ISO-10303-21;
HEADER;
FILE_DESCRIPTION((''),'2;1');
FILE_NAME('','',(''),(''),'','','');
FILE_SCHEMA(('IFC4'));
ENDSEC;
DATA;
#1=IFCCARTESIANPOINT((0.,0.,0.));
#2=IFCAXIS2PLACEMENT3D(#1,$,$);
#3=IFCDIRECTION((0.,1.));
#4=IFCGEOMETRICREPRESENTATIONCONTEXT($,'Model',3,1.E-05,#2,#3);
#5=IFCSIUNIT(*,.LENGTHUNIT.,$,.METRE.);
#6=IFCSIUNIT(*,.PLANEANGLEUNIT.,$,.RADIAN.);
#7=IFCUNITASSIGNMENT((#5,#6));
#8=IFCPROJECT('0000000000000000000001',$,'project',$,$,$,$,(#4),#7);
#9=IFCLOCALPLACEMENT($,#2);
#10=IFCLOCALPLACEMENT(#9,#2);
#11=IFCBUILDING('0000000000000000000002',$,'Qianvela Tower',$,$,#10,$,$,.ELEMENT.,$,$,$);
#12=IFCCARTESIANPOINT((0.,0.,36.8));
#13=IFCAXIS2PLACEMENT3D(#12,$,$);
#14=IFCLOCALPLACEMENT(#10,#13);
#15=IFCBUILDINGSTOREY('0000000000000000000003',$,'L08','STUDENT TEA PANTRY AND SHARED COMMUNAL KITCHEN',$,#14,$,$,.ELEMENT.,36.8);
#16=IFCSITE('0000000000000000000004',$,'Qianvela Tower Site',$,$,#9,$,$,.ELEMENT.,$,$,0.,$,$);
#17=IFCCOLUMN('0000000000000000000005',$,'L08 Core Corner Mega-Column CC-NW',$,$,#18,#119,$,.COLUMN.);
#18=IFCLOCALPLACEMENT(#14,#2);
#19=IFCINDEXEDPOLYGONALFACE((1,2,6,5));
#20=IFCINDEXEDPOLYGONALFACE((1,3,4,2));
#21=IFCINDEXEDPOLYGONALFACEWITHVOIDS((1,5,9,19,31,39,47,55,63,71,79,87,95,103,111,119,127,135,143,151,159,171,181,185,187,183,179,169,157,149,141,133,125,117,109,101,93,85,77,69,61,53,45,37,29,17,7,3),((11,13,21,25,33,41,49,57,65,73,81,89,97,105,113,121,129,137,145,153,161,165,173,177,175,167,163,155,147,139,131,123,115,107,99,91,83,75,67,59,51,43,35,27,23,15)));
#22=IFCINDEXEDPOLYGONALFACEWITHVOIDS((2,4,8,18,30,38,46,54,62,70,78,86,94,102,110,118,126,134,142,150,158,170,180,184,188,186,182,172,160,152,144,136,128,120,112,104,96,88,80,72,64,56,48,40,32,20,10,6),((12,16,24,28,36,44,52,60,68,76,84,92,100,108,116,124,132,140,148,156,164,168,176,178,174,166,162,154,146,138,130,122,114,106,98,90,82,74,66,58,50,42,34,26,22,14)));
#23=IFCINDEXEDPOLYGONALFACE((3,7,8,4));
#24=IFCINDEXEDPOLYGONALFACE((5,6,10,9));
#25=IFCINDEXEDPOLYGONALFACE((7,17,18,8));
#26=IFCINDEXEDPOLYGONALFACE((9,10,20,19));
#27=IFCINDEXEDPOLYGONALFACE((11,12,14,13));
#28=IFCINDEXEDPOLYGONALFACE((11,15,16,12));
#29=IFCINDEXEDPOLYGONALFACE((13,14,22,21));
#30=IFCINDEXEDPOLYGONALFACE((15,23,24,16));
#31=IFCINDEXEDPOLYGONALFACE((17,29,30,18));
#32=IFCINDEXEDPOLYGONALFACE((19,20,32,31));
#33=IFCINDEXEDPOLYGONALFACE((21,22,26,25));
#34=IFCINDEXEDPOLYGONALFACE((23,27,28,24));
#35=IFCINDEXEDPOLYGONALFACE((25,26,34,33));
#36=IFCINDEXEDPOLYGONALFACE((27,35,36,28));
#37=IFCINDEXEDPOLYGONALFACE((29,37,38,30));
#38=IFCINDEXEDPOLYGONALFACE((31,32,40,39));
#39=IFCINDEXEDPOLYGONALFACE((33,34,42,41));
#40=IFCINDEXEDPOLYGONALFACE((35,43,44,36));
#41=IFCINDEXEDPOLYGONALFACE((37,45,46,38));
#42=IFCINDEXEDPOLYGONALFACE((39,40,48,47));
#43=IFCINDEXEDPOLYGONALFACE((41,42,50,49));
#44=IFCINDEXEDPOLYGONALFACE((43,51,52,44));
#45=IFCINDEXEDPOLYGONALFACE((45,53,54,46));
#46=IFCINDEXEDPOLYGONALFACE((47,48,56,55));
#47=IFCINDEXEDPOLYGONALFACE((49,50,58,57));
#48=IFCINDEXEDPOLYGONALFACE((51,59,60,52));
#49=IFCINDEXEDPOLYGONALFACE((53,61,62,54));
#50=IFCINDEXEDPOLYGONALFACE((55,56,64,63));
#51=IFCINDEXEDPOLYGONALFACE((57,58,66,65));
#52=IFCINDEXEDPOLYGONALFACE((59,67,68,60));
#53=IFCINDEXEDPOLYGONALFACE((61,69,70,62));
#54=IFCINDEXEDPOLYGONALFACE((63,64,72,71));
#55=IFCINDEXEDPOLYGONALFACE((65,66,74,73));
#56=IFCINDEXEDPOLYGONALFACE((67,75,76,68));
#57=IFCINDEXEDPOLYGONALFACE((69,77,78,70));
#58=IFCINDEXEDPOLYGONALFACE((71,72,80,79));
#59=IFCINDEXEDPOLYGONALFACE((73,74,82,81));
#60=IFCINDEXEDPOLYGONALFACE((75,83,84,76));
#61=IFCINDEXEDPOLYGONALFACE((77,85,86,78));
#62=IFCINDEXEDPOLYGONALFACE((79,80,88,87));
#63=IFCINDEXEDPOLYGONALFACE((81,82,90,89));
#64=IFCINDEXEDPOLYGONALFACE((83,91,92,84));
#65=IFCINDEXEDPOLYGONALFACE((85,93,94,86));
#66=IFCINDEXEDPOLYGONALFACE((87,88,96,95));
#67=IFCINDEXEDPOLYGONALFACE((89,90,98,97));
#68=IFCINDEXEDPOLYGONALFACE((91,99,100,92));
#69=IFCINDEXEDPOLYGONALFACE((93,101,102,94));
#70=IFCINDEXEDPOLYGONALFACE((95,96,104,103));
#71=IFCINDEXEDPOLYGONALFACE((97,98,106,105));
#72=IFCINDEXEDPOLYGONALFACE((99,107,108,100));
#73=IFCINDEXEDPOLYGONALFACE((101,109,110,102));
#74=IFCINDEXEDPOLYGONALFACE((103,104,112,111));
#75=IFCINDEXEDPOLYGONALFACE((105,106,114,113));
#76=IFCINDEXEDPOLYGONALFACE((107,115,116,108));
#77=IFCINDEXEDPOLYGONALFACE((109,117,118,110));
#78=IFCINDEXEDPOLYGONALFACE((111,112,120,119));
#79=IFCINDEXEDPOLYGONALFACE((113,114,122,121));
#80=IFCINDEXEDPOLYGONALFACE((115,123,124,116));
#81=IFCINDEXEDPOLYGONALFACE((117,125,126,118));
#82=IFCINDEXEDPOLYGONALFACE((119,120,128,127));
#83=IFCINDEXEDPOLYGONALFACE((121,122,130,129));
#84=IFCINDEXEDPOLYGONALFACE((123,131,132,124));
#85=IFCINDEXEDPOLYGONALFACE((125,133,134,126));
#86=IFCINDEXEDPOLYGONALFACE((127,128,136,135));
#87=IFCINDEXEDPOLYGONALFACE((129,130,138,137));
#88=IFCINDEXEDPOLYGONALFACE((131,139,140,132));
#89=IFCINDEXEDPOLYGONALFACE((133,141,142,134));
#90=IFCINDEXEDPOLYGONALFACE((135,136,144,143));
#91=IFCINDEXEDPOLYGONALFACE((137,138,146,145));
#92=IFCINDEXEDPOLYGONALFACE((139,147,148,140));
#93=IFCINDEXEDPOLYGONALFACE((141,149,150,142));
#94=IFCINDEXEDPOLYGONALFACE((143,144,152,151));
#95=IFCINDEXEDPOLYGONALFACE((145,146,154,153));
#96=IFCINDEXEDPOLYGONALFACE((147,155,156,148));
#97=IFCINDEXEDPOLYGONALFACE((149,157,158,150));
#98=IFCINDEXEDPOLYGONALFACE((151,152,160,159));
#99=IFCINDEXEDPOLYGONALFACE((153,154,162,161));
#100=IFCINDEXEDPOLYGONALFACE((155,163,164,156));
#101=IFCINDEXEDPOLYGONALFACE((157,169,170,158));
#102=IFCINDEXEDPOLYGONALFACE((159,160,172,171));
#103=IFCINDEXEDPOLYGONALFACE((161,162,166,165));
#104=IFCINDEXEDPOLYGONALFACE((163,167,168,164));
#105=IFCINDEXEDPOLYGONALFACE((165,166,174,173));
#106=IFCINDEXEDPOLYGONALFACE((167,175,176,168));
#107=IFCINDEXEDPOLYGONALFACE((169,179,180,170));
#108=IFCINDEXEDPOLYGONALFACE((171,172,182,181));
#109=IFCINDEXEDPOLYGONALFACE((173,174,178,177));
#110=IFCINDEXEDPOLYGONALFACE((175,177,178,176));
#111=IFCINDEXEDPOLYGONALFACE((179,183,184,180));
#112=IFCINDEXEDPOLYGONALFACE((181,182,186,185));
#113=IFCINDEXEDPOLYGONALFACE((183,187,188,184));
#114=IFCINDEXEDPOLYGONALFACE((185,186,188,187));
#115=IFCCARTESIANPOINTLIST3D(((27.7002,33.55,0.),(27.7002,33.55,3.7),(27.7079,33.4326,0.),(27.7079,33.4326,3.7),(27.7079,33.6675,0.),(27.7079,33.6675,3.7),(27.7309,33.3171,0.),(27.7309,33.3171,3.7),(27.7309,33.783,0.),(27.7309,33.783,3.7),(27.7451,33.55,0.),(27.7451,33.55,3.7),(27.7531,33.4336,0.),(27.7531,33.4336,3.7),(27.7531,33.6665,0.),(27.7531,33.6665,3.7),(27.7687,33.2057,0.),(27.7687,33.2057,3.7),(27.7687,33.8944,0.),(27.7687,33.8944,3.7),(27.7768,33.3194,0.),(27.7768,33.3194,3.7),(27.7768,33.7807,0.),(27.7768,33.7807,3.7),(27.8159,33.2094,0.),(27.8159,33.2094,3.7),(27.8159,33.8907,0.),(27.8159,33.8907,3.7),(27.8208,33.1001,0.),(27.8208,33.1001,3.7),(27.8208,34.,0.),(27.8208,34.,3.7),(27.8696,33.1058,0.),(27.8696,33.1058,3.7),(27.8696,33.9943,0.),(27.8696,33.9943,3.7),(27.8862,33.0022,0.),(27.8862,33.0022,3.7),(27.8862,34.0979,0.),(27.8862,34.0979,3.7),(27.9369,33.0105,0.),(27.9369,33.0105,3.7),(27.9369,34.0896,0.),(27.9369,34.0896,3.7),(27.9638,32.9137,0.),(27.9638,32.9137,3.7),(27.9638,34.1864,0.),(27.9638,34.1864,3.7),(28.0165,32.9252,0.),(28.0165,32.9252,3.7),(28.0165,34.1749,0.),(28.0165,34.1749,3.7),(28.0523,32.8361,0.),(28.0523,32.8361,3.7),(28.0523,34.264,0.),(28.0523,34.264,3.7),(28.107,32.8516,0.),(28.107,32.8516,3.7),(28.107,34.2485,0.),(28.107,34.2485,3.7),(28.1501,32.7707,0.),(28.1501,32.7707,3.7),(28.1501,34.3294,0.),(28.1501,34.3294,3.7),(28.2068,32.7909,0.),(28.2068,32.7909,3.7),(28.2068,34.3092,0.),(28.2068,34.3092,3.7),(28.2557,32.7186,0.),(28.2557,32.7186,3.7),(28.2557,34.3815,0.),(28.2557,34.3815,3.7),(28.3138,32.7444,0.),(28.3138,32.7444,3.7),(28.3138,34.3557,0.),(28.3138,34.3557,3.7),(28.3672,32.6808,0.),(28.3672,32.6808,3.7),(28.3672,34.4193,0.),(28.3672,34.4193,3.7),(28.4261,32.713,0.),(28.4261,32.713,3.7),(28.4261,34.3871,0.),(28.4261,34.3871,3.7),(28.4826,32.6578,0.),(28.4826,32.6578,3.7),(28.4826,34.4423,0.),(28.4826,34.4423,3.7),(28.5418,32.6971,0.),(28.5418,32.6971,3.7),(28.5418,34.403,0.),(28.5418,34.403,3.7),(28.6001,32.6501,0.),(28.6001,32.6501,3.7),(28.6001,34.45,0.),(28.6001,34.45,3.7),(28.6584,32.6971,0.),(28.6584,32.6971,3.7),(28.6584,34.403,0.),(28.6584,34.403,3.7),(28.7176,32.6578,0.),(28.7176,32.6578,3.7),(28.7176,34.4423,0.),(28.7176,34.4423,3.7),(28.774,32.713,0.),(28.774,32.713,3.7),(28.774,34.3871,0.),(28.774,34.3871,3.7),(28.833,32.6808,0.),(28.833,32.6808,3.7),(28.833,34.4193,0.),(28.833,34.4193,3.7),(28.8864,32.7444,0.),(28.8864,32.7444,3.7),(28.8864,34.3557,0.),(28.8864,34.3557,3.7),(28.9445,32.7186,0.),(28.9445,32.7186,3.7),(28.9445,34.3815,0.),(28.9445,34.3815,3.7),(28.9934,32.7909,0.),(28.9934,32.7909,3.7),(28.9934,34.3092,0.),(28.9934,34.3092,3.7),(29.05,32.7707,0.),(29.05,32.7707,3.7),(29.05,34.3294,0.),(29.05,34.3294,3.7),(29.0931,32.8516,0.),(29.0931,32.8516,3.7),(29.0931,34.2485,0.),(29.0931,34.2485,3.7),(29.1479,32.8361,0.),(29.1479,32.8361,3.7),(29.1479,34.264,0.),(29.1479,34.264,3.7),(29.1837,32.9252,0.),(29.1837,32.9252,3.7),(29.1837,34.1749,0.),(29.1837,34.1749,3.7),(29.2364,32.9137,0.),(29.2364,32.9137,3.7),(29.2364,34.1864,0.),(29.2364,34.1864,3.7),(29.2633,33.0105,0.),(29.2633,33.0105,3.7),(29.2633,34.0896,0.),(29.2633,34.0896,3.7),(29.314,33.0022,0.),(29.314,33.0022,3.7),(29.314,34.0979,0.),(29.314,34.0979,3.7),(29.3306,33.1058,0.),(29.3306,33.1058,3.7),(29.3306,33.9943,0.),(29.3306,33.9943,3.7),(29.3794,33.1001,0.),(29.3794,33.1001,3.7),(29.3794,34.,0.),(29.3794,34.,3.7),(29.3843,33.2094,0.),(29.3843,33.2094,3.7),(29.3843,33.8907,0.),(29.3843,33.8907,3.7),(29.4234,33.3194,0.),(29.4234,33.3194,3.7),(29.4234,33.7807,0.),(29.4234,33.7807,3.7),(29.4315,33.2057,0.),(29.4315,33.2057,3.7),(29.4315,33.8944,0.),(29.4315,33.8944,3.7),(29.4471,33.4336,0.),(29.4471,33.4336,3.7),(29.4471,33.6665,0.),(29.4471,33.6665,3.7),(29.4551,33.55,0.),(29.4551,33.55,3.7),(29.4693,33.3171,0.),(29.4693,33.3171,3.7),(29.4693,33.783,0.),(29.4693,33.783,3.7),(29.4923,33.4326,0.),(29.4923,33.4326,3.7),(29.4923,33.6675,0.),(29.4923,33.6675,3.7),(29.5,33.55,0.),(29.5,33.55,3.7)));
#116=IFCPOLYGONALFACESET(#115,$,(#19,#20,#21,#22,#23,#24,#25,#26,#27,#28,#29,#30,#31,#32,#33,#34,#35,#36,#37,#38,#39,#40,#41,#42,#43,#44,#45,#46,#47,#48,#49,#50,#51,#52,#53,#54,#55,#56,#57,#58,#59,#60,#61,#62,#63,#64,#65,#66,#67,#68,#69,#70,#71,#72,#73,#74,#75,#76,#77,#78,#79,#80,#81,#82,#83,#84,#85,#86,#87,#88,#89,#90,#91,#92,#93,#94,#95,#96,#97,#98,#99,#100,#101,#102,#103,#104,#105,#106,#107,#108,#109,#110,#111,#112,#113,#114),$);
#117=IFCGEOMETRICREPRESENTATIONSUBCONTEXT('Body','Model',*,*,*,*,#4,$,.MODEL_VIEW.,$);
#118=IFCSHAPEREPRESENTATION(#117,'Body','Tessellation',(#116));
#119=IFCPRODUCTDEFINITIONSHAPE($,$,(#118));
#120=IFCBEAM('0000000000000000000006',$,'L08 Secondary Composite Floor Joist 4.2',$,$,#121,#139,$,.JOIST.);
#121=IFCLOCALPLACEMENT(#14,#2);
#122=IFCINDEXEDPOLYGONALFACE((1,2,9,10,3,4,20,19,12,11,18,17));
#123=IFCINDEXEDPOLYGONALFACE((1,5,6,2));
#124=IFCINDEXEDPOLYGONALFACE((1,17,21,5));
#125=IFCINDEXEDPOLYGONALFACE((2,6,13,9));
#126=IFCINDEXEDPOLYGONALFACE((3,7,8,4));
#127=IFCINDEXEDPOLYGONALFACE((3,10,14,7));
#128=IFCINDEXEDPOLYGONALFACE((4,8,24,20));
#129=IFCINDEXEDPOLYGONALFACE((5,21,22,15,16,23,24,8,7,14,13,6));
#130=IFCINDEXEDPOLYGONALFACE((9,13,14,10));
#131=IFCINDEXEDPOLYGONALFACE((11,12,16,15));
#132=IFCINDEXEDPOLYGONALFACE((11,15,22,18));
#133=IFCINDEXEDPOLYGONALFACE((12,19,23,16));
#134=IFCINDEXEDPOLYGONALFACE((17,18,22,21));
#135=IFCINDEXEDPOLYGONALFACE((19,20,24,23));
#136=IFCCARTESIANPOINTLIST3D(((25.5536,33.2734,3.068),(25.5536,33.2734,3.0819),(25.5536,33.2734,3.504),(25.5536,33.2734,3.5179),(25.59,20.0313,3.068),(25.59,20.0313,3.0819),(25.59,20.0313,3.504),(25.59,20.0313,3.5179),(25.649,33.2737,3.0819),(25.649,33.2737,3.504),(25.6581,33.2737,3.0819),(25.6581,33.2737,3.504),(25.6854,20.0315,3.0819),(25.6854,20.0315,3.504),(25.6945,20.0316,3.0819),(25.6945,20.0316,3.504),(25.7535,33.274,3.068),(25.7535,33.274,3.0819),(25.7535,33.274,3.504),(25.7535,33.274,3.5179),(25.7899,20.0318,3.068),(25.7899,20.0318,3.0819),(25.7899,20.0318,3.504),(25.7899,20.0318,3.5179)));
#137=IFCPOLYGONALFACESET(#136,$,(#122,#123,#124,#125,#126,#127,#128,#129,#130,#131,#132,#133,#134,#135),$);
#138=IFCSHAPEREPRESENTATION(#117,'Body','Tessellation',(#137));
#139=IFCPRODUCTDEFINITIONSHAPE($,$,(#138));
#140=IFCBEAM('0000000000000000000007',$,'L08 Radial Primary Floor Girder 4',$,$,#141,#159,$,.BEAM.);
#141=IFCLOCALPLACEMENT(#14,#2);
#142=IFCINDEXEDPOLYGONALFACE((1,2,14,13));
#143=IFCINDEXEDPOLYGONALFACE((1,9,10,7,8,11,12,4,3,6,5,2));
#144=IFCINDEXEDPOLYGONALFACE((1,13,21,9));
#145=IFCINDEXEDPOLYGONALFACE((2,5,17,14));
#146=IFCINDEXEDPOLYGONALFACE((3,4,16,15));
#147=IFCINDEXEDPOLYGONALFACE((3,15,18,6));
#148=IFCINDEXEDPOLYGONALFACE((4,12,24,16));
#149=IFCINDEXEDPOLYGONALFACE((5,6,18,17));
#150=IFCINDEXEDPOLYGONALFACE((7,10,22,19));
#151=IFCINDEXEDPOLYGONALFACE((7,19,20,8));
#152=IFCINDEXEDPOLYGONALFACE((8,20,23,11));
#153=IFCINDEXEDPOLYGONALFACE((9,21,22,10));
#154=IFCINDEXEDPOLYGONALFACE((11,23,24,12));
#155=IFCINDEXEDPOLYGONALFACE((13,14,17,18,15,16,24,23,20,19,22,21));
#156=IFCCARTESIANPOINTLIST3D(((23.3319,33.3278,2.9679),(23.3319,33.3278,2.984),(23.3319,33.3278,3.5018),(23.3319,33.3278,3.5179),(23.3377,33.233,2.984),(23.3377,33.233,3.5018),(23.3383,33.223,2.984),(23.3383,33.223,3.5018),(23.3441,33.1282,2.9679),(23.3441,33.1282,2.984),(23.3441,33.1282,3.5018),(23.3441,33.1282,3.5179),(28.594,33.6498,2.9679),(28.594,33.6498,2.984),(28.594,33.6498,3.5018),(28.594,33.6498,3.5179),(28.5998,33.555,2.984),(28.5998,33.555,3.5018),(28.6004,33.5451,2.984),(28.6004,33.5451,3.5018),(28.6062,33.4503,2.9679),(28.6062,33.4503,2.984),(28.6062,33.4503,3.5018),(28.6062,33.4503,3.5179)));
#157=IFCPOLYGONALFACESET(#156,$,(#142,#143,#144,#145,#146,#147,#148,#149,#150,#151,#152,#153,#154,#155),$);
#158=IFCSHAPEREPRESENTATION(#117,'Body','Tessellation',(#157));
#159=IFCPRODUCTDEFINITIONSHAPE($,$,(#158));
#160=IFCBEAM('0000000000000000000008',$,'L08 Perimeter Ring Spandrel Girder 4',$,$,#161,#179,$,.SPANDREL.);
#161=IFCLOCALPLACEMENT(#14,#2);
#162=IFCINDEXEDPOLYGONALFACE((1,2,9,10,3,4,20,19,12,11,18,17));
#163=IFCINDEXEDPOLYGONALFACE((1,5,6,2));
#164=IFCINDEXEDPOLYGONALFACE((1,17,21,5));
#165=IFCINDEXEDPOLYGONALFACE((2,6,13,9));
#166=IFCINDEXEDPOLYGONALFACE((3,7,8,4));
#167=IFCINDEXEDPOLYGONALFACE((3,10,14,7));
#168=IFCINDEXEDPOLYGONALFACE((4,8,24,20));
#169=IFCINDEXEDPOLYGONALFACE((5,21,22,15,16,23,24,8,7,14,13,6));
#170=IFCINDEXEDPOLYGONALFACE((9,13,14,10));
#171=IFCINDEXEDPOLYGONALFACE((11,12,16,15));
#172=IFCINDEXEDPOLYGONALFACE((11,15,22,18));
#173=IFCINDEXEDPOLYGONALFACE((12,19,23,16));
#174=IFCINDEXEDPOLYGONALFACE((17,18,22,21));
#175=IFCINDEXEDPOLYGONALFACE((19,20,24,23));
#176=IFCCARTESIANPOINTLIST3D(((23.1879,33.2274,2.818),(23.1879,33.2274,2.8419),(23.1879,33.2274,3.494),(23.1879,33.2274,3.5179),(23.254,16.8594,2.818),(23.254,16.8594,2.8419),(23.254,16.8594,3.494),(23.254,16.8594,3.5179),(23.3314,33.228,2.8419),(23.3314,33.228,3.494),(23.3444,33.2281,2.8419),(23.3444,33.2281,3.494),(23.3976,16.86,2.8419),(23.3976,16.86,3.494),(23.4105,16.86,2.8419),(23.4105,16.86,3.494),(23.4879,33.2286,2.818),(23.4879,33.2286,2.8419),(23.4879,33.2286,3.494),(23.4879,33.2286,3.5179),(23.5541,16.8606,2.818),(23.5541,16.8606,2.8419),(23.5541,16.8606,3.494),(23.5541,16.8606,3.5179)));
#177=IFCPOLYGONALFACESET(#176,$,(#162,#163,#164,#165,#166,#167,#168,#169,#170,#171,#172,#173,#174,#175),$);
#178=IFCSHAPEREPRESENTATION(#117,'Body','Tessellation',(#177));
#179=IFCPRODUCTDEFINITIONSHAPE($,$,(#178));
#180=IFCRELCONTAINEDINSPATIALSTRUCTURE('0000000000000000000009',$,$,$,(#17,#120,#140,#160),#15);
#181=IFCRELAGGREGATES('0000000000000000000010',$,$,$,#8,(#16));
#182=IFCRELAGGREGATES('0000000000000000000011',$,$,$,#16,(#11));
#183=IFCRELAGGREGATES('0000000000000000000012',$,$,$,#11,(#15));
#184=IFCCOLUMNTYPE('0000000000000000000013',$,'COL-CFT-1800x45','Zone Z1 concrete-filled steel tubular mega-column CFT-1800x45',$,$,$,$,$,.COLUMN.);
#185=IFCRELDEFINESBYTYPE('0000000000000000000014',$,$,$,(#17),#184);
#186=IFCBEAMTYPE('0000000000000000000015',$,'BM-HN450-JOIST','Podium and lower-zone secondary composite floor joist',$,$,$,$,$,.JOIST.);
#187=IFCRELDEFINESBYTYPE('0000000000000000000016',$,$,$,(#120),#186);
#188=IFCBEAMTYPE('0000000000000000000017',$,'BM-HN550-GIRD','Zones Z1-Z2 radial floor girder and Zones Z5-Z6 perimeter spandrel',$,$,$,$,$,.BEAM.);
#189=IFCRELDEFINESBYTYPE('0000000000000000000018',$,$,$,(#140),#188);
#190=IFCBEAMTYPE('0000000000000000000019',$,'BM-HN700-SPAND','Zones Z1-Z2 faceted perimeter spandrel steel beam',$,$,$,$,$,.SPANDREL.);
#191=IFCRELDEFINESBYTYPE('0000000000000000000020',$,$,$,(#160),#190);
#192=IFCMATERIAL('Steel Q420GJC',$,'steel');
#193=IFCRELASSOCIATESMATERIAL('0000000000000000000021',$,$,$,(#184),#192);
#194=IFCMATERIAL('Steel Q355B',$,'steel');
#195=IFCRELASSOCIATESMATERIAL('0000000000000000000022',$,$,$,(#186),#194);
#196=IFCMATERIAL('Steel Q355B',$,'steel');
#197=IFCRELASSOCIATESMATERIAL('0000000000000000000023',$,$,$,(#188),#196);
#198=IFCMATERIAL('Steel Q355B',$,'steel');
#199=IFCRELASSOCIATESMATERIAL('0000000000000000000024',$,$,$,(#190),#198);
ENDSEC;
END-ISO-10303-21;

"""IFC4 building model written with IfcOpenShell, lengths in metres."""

from ifc_helpers import new_model, si_unit, direction, frame, origin, origin_2d, place, context, subcontext, project, spatial, hollow_circle, i_section, extrude, material, material_profile, profile_set, type_object, element, save


model = new_model("IFC4")

# Units and contexts
model_context = context("Model", 3, precision=1e-05, world=origin(), true_north=direction((0.0, 1.0)))
body_context = subcontext(model_context, "Body", "Model", "MODEL_VIEW")
ifc_project = project(units=[si_unit("LENGTHUNIT", "METRE"), si_unit("PLANEANGLEUNIT", "RADIAN")], contexts=[model_context])

# Site, building, storey
site_placement = place(None, origin())
site = spatial("IfcSite", under=ifc_project, at=site_placement, Name="Qianvela Tower Site", CompositionType="ELEMENT", RefElevation=0.0)
building_placement = place(site_placement, origin())
building = spatial("IfcBuilding", under=site, at=building_placement, Name="Qianvela Tower", CompositionType="ELEMENT")
storey_placement = place(building_placement, frame((0.0, 0.0, 36.8)))
storey = spatial("IfcBuildingStorey", under=building, at=storey_placement, Name="L08", Description="STUDENT TEA PANTRY AND SHARED COMMUNAL KITCHEN", CompositionType="ELEMENT", Elevation=36.8)

# Column
ifc_material_1 = material(Name="Steel Q420GJC", Category="steel")
ifc_material_profile_1 = material_profile(ifc_material_1, hollow_circle(Radius=0.8999, WallThickness=0.0449, at=origin_2d()), Name="CFT-1800x45")
ifc_profile_set_1 = profile_set([ifc_material_profile_1], Name="Steel Q420GJC")
column_type = type_object("IfcColumnType", Name="COL-CFT-1800x45", Description="Zone Z1 concrete-filled steel tubular mega-column CFT-1800x45", PredefinedType="COLUMN", material=ifc_profile_set_1)
column_placement = place(storey_placement, frame((28.6001, 33.55, 0.0), z_axis=(0.0, 0.0, 1.0), x_axis=(1.0, 0.0, 0.0)))
element("IfcColumn", 1, at=column_placement, inside=storey, type_object=column_type, Name="L08 Core Corner Mega-Column CC-NW", PredefinedType="COLUMN", context=body_context, shape_type="SweptSolid", body=[
    extrude(hollow_circle(Radius=0.8999, WallThickness=0.0449, at=origin_2d()), origin(), (0.0, 0.0, 1.0), 3.7),
])

# Beams
ifc_material_2 = material(Name="Steel Q355B", Category="steel")
ifc_material_profile_2 = material_profile(ifc_material_2, i_section(OverallWidth=0.2, OverallDepth=0.45, WebThickness=0.009, FlangeThickness=0.0139, at=origin_2d()), Name="HN450x200x9x14")
ifc_profile_set_2 = profile_set([ifc_material_profile_2], Name="Steel Q355B")
beam_type_1 = type_object("IfcBeamType", Name="BM-HN450-JOIST", Description="Podium and lower-zone secondary composite floor joist", PredefinedType="JOIST", material=ifc_profile_set_2)
beam_1_placement = place(storey_placement, frame((25.6536, 33.2737, 3.293), z_axis=(0.002747, -0.999996, 0.0), x_axis=(0.999996, 0.002747, 0.0)))
element("IfcBeam", 2, at=beam_1_placement, inside=storey, type_object=beam_type_1, Name="L08 Secondary Composite Floor Joist 4.2", PredefinedType="JOIST", context=body_context, shape_type="SweptSolid", body=[
    extrude(i_section(OverallWidth=0.2, OverallDepth=0.45, WebThickness=0.009, FlangeThickness=0.0139, at=origin_2d()), origin(), (0.0, 0.0, 1.0), 13.2422),
])
ifc_material_3 = material(Name="Steel Q355B", Category="steel")
ifc_material_profile_3 = material_profile(ifc_material_3, i_section(OverallWidth=0.2, OverallDepth=0.55, WebThickness=0.01, FlangeThickness=0.0161, at=origin_2d()), Name="HN550x200x10x16")
ifc_profile_set_3 = profile_set([ifc_material_profile_3], Name="Steel Q355B")
beam_type_2 = type_object("IfcBeamType", Name="BM-HN550-GIRD", Description="Zones Z1-Z2 radial floor girder and Zones Z5-Z6 perimeter spandrel", PredefinedType="BEAM", material=ifc_profile_set_3)
beam_2_placement = place(storey_placement, frame((28.6001, 33.55, 3.2429), z_axis=(-0.998133, -0.061081, 0.0), x_axis=(0.061081, -0.998133, 0.0)))
element("IfcBeam", 3, at=beam_2_placement, inside=storey, type_object=beam_type_2, Name="L08 Radial Primary Floor Girder 4", PredefinedType="BEAM", context=body_context, shape_type="SweptSolid", body=[
    extrude(i_section(OverallWidth=0.2, OverallDepth=0.55, WebThickness=0.01, FlangeThickness=0.0161, at=origin_2d()), origin(), (0.0, 0.0, 1.0), 5.272),
])
ifc_material_4 = material(Name="Steel Q355B", Category="steel")
ifc_material_profile_4 = material_profile(ifc_material_4, i_section(OverallWidth=0.3, OverallDepth=0.7, WebThickness=0.0129, FlangeThickness=0.0239, at=origin_2d()), Name="HN700x300x13x24")
ifc_profile_set_4 = profile_set([ifc_material_profile_4], Name="Steel Q355B")
beam_type_3 = type_object("IfcBeamType", Name="BM-HN700-SPAND", Description="Zones Z1-Z2 faceted perimeter spandrel steel beam", PredefinedType="SPANDREL", material=ifc_profile_set_4)
beam_3_placement = place(storey_placement, frame((23.3379, 33.228, 3.168), z_axis=(0.004042, -0.999992, 0.0), x_axis=(0.999992, 0.004042, 0.0)))
element("IfcBeam", 4, at=beam_3_placement, inside=storey, type_object=beam_type_3, Name="L08 Perimeter Ring Spandrel Girder 4", PredefinedType="SPANDREL", context=body_context, shape_type="SweptSolid", body=[
    extrude(i_section(OverallWidth=0.3, OverallDepth=0.7, WebThickness=0.0129, FlangeThickness=0.0239, at=origin_2d()), origin(), (0.0, 0.0, 1.0), 16.3682),
])

save(model, "model.ifc")
